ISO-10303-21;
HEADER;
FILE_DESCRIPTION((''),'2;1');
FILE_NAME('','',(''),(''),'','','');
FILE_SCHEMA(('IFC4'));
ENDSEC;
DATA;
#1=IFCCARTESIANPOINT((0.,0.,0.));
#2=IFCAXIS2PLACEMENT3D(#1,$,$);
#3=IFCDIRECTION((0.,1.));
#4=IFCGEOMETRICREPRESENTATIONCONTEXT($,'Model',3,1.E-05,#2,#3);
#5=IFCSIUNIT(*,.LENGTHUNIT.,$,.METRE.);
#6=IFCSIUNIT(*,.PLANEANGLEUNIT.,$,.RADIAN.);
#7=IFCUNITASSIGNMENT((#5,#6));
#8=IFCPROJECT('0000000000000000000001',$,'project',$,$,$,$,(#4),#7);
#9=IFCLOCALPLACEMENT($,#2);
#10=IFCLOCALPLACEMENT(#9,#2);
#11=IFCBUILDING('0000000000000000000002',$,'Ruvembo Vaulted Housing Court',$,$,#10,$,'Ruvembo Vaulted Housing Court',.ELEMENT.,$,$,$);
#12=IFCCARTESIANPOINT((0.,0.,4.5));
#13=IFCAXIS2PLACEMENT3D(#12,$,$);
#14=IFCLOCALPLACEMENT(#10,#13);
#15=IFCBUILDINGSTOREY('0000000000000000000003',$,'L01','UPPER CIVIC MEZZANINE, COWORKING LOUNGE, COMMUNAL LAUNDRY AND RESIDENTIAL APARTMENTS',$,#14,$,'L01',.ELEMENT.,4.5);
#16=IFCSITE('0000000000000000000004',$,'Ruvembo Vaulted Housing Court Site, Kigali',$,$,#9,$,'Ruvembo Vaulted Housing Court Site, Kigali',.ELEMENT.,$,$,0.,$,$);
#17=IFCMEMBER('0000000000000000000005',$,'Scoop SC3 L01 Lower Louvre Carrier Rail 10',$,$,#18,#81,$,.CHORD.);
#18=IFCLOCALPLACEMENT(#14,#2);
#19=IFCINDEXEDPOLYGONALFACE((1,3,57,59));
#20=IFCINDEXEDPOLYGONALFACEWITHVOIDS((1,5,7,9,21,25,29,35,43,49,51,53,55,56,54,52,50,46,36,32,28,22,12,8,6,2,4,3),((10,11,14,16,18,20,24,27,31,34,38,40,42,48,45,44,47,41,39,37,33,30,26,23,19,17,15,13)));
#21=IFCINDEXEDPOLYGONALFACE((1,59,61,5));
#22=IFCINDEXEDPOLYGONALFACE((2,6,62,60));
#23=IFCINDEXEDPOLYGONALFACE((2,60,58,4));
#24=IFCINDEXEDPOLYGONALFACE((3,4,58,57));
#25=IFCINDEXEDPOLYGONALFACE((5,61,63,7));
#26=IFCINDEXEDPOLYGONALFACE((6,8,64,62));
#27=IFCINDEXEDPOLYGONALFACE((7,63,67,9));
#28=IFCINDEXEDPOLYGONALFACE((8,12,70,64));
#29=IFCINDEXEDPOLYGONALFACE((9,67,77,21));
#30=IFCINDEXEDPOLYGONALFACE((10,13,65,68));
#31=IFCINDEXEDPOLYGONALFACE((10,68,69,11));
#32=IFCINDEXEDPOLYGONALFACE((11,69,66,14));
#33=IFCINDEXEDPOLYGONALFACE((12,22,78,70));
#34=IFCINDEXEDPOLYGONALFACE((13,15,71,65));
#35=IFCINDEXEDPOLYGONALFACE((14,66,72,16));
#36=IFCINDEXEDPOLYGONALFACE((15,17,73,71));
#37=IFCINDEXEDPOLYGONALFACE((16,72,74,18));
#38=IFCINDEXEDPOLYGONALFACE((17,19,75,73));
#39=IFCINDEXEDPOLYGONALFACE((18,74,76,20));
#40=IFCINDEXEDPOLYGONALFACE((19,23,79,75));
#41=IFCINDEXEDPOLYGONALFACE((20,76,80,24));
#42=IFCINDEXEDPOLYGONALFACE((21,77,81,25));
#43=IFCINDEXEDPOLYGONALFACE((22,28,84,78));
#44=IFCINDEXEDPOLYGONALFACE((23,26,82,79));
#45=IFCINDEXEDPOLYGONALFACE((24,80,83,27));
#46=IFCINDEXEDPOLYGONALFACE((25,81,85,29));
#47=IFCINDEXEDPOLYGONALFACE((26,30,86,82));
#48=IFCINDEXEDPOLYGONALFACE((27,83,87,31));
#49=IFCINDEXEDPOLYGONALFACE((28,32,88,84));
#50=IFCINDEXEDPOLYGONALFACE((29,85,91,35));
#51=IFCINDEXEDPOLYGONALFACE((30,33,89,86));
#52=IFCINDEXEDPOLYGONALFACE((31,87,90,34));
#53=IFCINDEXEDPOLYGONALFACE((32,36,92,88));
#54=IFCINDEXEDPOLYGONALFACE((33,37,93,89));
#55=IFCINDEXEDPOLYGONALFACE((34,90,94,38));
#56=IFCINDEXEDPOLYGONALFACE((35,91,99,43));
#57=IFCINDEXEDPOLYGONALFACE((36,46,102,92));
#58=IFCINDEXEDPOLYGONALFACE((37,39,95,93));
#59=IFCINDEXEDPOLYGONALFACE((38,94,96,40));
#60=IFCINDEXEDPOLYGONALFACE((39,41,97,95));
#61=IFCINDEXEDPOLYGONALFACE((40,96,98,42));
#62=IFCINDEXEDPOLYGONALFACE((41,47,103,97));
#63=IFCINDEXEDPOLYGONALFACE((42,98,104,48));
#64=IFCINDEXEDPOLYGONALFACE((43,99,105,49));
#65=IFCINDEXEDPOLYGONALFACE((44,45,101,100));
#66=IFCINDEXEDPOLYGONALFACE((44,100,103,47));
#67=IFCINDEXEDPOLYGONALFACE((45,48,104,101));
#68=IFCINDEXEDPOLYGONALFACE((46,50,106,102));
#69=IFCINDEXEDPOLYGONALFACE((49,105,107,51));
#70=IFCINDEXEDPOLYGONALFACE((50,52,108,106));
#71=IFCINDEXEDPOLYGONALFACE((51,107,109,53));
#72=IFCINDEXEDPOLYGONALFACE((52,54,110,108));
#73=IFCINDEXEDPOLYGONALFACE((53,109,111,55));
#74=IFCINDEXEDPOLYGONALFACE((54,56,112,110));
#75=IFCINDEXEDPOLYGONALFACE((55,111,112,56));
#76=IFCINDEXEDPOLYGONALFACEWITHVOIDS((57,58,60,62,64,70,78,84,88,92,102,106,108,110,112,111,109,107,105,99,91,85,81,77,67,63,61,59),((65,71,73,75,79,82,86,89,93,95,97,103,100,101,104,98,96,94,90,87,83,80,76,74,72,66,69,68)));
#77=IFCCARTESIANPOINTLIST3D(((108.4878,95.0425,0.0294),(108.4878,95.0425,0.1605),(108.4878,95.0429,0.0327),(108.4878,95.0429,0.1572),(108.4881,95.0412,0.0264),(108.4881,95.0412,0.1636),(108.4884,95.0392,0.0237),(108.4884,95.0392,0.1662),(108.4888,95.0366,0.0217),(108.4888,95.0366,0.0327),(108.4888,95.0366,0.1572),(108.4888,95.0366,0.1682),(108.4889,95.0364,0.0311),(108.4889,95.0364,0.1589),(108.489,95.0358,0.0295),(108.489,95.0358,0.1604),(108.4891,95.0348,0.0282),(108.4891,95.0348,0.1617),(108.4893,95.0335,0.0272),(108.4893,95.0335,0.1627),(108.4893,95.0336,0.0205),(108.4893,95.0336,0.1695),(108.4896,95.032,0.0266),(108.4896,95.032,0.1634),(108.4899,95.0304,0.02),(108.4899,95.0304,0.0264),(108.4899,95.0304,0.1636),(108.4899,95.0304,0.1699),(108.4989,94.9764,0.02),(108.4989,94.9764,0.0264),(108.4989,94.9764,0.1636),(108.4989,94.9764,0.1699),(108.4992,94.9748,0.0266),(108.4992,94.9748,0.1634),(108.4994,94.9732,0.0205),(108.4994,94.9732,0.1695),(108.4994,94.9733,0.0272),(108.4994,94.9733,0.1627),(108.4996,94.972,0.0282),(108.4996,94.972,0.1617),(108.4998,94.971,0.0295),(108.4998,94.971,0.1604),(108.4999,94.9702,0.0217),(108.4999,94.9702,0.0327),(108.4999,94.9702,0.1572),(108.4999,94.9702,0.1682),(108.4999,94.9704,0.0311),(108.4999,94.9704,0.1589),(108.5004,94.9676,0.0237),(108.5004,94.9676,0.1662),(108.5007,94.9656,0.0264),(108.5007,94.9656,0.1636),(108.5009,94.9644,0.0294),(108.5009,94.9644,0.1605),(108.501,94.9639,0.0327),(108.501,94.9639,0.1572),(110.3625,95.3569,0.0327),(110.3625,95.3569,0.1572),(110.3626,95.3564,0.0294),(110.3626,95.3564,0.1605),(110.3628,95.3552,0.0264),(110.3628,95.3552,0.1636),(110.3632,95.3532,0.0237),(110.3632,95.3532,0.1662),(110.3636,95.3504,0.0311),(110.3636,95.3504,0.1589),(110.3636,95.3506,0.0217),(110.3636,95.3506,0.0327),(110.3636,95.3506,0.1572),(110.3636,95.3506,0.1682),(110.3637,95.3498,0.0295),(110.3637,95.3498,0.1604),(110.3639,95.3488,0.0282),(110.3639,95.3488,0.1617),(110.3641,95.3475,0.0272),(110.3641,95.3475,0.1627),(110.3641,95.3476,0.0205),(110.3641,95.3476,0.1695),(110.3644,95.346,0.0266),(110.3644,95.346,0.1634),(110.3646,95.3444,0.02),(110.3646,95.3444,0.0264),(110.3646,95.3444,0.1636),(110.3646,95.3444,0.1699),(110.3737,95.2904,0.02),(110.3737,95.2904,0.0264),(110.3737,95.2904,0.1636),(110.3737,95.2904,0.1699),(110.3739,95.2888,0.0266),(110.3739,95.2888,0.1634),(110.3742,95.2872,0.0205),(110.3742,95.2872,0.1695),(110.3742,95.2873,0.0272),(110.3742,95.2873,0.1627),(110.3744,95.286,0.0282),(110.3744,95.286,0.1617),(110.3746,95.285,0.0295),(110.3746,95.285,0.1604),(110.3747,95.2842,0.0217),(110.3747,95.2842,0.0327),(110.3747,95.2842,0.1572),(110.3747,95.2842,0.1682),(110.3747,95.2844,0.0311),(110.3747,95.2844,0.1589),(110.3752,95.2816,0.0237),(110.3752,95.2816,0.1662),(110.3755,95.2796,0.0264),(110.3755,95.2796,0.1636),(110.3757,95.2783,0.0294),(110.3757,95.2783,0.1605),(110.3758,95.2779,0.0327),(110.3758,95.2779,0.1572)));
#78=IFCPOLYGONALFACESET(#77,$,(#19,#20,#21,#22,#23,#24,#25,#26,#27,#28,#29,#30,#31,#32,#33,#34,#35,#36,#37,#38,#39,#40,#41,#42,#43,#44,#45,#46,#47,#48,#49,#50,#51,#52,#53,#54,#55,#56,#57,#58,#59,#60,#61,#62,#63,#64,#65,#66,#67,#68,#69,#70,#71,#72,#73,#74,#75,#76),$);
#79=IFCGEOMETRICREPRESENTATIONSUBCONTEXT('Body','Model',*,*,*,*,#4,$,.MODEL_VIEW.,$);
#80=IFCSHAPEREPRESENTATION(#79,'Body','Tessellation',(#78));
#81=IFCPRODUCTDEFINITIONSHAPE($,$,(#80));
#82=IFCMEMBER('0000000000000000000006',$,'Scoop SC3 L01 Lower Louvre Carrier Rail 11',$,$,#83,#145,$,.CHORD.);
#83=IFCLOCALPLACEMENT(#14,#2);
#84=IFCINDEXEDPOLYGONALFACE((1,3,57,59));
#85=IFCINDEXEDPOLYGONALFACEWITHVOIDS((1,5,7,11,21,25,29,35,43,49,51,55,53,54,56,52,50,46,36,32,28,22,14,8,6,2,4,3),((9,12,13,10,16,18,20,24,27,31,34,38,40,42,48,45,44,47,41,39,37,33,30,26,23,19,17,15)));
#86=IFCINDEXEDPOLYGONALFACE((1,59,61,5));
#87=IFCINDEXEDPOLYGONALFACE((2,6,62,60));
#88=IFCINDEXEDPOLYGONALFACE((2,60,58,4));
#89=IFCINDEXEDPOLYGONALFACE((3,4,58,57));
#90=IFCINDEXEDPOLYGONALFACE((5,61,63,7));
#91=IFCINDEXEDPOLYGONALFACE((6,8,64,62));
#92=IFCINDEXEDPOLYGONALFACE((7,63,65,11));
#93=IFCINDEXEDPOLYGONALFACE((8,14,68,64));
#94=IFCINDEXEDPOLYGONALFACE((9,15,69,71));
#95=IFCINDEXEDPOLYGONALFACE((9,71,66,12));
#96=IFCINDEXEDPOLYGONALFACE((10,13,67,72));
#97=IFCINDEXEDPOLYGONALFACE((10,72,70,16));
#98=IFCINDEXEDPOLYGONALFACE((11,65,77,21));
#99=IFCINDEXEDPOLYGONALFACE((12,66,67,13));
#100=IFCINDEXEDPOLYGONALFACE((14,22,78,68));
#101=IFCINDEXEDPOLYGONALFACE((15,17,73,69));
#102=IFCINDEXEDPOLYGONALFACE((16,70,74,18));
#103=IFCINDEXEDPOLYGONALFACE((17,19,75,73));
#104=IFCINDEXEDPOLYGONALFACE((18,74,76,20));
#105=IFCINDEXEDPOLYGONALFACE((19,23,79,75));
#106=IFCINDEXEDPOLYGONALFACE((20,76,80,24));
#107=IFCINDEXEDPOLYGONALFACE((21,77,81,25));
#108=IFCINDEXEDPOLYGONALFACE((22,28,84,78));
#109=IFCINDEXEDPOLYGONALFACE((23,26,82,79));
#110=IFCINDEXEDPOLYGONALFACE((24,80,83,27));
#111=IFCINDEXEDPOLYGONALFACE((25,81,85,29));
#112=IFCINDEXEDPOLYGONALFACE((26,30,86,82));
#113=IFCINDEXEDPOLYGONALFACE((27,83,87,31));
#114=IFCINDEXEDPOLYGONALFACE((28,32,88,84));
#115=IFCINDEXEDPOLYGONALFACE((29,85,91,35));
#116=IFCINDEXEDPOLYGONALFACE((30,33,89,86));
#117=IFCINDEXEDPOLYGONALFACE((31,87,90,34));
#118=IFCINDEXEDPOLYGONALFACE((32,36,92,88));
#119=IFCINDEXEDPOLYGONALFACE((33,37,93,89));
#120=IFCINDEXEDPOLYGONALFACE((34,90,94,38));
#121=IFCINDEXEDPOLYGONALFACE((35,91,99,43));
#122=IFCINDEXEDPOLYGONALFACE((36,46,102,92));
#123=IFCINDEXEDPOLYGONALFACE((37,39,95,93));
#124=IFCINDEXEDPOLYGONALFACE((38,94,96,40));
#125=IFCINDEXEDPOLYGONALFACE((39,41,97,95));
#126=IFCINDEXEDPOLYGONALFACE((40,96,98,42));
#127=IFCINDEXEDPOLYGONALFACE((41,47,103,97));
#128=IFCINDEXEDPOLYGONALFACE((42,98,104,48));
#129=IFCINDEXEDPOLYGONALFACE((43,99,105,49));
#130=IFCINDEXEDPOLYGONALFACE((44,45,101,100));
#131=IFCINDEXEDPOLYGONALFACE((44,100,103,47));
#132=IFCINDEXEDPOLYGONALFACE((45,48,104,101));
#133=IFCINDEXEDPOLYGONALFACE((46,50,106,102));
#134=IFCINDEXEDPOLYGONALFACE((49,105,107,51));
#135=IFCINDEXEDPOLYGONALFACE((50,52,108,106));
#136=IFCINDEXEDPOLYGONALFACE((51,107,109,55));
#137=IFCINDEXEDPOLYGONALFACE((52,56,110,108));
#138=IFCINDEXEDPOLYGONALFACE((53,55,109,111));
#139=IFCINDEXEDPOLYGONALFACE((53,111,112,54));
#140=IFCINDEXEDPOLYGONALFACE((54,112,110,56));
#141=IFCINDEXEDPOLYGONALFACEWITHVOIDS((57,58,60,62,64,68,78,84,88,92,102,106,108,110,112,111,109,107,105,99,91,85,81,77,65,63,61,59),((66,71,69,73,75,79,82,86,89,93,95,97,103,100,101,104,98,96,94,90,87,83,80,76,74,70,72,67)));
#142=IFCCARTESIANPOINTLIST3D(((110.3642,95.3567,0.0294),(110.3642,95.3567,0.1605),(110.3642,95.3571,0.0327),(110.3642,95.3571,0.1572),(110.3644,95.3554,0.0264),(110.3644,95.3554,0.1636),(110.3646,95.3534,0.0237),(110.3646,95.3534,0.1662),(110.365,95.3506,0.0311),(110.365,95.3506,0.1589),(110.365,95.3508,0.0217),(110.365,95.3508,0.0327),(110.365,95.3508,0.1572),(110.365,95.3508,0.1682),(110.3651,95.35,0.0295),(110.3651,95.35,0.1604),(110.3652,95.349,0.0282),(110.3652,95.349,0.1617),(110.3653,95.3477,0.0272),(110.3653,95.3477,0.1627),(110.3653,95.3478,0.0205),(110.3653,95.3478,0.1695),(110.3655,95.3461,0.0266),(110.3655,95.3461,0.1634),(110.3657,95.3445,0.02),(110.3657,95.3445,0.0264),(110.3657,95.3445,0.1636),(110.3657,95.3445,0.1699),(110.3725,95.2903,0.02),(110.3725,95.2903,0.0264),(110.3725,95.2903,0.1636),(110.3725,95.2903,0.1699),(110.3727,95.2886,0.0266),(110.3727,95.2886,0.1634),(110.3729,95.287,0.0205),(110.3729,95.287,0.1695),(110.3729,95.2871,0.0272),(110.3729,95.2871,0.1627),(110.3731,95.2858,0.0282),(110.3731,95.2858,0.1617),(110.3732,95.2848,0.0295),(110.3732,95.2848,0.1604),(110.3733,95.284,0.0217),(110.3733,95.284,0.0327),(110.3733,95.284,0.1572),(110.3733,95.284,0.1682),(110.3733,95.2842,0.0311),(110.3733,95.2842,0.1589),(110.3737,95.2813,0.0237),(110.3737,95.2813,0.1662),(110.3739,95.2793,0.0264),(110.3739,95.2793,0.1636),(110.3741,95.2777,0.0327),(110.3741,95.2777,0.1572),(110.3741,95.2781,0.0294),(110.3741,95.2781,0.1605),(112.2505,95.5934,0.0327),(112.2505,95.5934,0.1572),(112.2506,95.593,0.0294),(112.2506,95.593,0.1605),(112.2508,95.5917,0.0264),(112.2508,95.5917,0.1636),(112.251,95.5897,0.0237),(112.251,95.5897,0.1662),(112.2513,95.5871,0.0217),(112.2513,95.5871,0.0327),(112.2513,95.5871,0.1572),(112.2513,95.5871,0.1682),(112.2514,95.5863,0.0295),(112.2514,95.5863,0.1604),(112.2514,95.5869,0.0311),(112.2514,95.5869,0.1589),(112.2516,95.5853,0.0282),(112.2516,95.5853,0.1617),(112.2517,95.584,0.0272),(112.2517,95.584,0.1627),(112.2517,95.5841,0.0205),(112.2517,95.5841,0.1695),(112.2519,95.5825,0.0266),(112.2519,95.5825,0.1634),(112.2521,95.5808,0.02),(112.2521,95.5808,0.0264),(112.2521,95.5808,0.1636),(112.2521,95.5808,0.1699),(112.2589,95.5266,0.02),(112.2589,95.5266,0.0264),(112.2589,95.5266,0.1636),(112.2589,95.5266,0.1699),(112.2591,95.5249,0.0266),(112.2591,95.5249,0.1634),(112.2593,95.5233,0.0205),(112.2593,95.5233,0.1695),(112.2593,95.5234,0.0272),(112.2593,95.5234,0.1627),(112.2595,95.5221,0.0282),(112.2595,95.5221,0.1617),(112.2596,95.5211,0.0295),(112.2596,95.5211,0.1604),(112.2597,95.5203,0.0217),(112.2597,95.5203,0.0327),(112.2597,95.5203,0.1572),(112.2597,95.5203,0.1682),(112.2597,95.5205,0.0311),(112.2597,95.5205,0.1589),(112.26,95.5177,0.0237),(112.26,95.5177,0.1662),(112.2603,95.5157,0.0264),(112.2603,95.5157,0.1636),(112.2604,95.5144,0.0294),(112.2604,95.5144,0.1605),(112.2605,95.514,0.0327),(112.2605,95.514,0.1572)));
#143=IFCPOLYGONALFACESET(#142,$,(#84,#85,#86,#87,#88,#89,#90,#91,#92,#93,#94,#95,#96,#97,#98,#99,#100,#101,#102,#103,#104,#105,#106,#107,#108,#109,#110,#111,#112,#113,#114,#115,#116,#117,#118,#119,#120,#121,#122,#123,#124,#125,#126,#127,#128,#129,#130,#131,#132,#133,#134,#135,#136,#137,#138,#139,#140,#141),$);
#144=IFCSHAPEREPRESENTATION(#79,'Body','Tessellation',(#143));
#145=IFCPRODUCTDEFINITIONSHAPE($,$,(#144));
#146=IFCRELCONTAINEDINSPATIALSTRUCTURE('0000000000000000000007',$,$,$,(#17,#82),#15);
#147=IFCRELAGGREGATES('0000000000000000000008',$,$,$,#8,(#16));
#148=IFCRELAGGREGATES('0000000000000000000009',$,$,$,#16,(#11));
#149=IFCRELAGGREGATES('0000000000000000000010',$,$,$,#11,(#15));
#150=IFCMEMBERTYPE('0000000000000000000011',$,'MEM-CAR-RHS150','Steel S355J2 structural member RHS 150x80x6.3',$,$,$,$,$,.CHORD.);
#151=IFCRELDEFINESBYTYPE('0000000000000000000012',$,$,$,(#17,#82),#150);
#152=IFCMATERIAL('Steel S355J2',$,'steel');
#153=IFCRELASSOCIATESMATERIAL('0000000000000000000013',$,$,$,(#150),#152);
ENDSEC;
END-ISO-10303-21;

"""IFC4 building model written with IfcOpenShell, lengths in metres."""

from ifc_helpers import new_model, si_unit, direction, frame, origin, origin_2d, place, context, subcontext, project, spatial, hollow_rectangle, extrude, material, material_profile, profile_set, type_object, element, save


model = new_model("IFC4")

# Units and contexts
model_context = context("Model", 3, precision=1e-05, world=origin(), true_north=direction((0.0, 1.0)))
body_context = subcontext(model_context, "Body", "Model", "MODEL_VIEW")
ifc_project = project(units=[si_unit("LENGTHUNIT", "METRE"), si_unit("PLANEANGLEUNIT", "RADIAN")], contexts=[model_context])

# Site, building, storey
site_placement = place(None, origin())
site = spatial("IfcSite", under=ifc_project, at=site_placement, Name="Ruvembo Vaulted Housing Court Site, Kigali", LongName="Ruvembo Vaulted Housing Court Site, Kigali", CompositionType="ELEMENT", RefElevation=0.0)
building_placement = place(site_placement, origin())
building = spatial("IfcBuilding", under=site, at=building_placement, Name="Ruvembo Vaulted Housing Court", LongName="Ruvembo Vaulted Housing Court", CompositionType="ELEMENT")
storey_placement = place(building_placement, frame((0.0, 0.0, 4.5)))
storey = spatial("IfcBuildingStorey", under=building, at=storey_placement, Name="L01", Description="UPPER CIVIC MEZZANINE, COWORKING LOUNGE, COMMUNAL LAUNDRY AND RESIDENTIAL APARTMENTS", LongName="L01", CompositionType="ELEMENT", Elevation=4.5)

# Shared definitions
ifc_material_1 = material(Name="Steel S355J2", Category="steel")

# Members
ifc_material_profile_1 = material_profile(ifc_material_1, hollow_rectangle(XDim=0.0801, YDim=0.1499, WallThickness=0.0063, InnerFilletRadius=0.0063, OuterFilletRadius=0.0127, at=origin_2d()), Name="RHS 150x80x6.3")
ifc_profile_set_1 = profile_set([ifc_material_profile_1], Name="Steel S355J2")
member_type_1 = type_object("IfcMemberType", Name="MEM-CAR-RHS150", Description="Steel S355J2 structural member RHS 150x80x6.3", PredefinedType="CHORD", material=ifc_profile_set_1)
member_1_placement = place(storey_placement, frame((108.4944, 95.0034, 0.095), z_axis=(0.986265, 0.16517, 0.0), x_axis=(-0.16517, 0.986265, 0.0)))
element("IfcMember", 1, at=member_1_placement, inside=storey, type_object=member_type_1, Name="Scoop SC3 L01 Lower Louvre Carrier Rail 10", PredefinedType="CHORD", context=body_context, shape_type="SweptSolid", body=[
    extrude(hollow_rectangle(XDim=0.0801, YDim=0.1499, WallThickness=0.0063, InnerFilletRadius=0.0063, OuterFilletRadius=0.0127, at=origin_2d()), origin(), (0.0, 0.0, 1.0), 1.9009),
])
member_2_placement = place(storey_placement, frame((110.3691, 95.3174, 0.095), z_axis=(0.992244, 0.124303, 0.0), x_axis=(-0.124303, 0.992244, 0.0)))
element("IfcMember", 2, at=member_2_placement, inside=storey, type_object=member_type_1, Name="Scoop SC3 L01 Lower Louvre Carrier Rail 11", PredefinedType="CHORD", context=body_context, shape_type="SweptSolid", body=[
    extrude(hollow_rectangle(XDim=0.0801, YDim=0.1499, WallThickness=0.0063, InnerFilletRadius=0.0063, OuterFilletRadius=0.0127, at=origin_2d()), origin(), (0.0, 0.0, 1.0), 1.9011),
])

save(model, "model.ifc")
